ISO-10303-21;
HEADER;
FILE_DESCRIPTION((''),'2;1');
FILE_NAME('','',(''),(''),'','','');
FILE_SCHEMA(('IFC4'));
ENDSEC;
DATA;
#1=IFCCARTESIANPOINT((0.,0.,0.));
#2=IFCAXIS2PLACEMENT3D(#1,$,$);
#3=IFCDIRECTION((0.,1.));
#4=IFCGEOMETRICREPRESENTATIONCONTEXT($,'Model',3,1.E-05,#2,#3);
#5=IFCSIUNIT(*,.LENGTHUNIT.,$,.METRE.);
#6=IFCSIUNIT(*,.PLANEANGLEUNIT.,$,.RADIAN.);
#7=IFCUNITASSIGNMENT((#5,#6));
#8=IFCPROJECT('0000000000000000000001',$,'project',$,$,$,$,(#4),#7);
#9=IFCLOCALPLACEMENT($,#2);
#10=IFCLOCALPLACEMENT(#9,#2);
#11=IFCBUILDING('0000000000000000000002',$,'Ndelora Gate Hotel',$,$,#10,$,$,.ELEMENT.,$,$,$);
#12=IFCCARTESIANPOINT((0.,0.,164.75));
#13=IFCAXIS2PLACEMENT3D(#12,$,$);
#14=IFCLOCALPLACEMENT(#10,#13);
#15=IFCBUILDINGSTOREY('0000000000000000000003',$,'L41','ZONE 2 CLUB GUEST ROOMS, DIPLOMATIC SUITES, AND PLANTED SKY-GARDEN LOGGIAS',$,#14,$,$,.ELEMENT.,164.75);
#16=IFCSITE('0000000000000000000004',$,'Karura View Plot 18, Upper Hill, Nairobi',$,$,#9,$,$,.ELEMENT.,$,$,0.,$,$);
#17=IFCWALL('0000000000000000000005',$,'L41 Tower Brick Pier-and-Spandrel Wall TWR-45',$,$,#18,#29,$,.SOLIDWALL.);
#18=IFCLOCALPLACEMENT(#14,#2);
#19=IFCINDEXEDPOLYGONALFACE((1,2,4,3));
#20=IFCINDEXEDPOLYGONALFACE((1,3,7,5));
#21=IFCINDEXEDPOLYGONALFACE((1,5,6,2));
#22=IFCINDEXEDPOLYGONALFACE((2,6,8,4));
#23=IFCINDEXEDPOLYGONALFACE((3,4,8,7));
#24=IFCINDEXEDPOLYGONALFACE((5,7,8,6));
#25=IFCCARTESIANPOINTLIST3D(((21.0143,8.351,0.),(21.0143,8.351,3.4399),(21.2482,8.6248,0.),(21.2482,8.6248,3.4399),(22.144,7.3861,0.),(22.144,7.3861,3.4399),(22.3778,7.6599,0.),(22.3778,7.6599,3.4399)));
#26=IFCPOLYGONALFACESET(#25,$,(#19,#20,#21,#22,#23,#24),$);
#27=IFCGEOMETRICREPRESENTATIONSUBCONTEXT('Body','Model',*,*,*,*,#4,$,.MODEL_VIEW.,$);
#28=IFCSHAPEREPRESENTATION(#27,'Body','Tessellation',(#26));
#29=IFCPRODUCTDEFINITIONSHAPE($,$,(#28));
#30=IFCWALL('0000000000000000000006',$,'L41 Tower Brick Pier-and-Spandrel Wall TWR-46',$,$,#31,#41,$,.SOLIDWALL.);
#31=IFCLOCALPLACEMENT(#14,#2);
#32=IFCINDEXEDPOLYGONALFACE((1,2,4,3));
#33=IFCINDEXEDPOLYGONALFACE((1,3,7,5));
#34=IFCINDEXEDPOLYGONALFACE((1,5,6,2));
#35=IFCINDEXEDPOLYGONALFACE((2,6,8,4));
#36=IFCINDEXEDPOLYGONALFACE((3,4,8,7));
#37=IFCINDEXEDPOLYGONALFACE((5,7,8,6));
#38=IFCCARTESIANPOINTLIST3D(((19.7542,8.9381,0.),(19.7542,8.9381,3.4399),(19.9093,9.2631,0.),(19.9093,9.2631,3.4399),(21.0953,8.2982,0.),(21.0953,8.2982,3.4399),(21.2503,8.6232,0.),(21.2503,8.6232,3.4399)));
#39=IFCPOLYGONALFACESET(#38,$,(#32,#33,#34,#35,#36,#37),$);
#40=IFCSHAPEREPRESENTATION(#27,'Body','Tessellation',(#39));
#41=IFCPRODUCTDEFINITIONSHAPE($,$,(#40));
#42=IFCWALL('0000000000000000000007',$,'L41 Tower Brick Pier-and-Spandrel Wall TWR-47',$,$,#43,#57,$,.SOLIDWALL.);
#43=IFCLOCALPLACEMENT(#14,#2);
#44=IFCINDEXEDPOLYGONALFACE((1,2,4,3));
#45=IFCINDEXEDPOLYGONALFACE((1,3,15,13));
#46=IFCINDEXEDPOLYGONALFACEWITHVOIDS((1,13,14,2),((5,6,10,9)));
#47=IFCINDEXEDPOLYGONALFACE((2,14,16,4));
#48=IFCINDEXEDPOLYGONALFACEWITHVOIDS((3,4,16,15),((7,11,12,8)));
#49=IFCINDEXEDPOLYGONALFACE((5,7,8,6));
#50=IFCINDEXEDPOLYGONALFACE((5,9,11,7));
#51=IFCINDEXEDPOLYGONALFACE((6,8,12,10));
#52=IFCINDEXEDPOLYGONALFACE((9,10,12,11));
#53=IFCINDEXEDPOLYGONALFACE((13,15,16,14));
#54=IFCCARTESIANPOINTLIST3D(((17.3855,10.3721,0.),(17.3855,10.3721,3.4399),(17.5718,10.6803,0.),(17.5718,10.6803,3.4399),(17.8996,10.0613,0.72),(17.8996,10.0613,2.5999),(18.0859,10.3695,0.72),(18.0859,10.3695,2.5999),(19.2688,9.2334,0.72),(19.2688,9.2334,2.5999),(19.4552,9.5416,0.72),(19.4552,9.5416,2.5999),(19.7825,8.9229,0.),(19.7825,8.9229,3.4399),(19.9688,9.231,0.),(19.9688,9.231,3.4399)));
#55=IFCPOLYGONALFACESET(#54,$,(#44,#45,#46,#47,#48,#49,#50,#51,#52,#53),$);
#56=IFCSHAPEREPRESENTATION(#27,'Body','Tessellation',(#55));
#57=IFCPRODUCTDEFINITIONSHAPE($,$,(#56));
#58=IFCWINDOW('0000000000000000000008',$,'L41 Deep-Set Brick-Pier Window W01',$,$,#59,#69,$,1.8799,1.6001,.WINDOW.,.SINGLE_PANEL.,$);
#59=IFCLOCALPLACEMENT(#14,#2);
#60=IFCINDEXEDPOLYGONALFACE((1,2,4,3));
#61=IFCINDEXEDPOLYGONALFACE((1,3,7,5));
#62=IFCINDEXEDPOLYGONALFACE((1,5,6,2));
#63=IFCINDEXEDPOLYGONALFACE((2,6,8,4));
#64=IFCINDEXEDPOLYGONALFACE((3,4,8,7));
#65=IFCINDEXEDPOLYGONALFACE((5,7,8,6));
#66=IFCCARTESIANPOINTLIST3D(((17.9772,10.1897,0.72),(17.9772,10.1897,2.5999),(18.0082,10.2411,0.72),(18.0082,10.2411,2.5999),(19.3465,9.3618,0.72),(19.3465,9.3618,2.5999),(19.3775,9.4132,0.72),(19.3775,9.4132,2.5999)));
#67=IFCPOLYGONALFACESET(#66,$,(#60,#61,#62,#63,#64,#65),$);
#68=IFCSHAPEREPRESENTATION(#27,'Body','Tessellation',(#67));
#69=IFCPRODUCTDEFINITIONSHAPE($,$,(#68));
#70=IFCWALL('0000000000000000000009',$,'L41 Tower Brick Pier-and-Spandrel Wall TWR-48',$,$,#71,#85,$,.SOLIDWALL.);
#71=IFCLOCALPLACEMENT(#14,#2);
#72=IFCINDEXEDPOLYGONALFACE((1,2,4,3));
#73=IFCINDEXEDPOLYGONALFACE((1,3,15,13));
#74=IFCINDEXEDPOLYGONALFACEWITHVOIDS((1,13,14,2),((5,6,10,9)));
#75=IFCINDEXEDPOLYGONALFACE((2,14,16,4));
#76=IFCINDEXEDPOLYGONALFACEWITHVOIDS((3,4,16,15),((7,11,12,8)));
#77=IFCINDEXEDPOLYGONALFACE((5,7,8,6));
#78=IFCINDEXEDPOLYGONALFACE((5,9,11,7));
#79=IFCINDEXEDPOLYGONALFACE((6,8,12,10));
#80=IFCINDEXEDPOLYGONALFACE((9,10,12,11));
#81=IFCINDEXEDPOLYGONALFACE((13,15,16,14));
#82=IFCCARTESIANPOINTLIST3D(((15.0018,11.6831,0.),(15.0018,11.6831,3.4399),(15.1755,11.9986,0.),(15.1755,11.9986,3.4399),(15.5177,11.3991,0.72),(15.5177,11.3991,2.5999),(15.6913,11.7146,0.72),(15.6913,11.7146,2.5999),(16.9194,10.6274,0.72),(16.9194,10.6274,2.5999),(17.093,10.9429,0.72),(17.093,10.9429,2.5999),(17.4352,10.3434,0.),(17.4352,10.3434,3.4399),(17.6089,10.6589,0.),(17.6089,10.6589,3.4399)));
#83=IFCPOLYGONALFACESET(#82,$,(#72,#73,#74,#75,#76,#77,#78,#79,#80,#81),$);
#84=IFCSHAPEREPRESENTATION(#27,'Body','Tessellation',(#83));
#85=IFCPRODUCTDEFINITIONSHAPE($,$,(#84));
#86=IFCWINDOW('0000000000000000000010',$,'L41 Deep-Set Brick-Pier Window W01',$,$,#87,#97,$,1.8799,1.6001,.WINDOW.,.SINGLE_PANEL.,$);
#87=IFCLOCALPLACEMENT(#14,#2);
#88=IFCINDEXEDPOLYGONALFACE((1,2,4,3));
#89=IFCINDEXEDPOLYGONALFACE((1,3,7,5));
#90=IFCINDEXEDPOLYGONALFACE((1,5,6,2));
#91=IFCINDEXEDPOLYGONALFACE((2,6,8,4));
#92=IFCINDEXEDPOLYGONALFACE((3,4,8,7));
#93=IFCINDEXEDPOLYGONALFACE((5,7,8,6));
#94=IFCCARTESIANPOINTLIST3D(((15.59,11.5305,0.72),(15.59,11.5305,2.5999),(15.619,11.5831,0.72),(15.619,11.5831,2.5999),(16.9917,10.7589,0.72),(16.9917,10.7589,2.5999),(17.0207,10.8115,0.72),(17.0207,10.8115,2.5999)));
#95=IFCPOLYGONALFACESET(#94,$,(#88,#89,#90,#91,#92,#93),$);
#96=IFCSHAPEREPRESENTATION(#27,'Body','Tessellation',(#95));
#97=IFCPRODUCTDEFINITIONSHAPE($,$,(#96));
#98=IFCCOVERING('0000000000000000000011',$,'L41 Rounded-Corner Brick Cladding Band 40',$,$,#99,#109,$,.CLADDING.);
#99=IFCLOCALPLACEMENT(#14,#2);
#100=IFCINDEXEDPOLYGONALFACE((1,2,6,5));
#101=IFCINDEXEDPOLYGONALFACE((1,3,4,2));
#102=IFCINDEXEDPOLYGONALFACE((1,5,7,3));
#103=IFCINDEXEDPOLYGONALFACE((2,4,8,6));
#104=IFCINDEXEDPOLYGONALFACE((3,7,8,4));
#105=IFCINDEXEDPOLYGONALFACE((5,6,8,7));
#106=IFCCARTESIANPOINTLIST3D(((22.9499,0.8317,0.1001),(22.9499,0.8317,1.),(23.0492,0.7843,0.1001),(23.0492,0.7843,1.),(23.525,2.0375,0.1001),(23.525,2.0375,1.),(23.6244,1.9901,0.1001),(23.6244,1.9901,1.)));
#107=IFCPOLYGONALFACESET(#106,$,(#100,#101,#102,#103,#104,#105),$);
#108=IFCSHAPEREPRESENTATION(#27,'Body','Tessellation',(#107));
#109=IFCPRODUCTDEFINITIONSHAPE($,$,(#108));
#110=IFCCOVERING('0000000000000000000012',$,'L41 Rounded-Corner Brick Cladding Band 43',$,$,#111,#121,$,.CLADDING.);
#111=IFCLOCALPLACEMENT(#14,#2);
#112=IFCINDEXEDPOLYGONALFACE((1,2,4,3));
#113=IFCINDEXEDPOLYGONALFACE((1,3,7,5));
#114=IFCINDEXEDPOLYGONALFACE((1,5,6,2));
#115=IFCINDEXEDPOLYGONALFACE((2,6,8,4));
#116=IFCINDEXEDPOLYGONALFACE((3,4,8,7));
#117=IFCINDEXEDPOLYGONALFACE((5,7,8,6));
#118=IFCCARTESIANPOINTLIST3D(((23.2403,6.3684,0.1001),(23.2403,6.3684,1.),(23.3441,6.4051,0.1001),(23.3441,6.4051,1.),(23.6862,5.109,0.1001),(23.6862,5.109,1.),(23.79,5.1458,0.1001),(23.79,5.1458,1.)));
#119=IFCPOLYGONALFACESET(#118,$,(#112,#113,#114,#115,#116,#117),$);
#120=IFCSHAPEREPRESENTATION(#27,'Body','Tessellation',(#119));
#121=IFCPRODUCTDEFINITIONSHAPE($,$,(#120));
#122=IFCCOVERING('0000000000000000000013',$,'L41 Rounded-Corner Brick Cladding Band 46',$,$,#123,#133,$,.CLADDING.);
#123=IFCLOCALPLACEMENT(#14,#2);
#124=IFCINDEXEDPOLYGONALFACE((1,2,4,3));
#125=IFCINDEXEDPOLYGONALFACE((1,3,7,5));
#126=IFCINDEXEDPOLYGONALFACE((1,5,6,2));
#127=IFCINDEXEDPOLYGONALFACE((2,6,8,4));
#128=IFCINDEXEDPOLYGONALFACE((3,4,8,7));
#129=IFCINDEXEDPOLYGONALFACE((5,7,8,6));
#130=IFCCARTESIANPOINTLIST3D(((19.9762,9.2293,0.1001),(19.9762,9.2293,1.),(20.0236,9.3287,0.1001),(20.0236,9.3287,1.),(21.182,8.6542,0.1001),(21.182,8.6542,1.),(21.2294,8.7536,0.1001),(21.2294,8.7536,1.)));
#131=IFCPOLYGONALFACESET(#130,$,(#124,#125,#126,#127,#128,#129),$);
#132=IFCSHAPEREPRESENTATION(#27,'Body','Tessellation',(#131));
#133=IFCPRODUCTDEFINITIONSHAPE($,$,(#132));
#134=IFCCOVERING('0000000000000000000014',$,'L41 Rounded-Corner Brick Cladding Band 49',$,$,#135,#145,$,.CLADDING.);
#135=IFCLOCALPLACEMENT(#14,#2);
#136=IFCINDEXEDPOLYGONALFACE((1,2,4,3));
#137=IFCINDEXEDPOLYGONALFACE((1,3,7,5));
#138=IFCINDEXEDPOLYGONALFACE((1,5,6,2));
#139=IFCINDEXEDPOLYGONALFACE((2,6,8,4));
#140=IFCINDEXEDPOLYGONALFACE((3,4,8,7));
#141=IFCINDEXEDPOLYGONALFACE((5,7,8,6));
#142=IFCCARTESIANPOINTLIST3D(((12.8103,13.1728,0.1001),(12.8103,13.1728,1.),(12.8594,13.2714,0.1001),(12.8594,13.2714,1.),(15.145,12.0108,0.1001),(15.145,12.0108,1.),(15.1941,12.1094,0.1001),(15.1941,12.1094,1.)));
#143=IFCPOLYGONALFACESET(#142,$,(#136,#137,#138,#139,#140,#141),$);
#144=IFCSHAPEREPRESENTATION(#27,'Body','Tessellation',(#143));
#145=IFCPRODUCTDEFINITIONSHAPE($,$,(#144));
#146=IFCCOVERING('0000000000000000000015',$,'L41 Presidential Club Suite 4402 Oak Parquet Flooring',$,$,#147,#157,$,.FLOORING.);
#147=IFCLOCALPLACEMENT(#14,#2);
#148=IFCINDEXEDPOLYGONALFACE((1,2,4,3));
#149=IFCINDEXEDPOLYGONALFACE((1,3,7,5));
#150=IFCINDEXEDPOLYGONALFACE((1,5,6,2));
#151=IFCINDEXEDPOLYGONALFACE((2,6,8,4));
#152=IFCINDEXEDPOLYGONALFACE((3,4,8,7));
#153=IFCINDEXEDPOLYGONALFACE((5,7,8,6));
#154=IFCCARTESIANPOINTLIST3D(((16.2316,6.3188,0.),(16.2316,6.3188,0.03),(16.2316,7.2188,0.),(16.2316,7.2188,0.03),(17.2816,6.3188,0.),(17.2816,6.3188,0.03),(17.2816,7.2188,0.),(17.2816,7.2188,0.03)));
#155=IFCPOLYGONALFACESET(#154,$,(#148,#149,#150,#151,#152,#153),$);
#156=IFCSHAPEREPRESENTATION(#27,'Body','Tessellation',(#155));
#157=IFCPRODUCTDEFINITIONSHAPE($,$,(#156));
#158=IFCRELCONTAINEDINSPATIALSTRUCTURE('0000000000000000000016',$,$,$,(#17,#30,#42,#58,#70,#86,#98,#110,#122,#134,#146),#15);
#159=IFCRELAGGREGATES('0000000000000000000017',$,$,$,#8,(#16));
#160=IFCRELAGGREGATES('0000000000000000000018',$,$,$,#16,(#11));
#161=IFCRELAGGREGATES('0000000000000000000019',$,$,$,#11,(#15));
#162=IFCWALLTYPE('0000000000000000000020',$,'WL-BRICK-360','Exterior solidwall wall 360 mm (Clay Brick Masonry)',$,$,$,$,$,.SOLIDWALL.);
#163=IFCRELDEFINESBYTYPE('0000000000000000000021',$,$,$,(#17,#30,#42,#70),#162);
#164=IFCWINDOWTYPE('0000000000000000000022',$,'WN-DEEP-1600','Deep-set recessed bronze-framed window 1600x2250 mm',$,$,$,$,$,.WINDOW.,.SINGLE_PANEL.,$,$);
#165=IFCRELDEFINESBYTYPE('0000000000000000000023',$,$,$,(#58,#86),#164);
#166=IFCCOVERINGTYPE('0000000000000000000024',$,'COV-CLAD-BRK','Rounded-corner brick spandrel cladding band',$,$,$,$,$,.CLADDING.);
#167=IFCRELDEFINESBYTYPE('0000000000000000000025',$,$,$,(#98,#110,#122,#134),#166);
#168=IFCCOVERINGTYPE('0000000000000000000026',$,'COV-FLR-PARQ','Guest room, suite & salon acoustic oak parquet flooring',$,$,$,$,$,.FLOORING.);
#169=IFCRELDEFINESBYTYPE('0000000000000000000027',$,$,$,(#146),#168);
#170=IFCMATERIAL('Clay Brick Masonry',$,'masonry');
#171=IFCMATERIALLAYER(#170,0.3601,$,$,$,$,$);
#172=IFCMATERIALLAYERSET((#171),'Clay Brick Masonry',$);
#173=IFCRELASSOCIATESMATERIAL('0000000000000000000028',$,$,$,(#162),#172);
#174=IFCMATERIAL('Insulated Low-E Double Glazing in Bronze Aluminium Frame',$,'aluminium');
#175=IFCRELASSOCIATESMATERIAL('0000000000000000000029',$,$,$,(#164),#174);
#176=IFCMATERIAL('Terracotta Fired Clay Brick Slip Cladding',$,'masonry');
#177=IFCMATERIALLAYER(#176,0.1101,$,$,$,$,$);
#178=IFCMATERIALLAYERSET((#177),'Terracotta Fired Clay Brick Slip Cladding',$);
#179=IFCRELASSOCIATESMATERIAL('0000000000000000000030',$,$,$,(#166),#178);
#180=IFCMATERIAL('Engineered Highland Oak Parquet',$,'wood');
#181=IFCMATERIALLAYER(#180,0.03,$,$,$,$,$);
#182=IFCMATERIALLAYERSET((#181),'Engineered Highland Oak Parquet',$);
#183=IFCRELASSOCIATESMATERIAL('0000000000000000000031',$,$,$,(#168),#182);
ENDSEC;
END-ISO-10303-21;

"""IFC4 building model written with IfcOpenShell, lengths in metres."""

from ifc_helpers import new_model, si_unit, direction, frame, frame_2d, origin, origin_2d, place, context, subcontext, project, spatial, rectangle, extrude, material, layer, layer_set, type_object, element, fill, save


model = new_model("IFC4")

# Units and contexts
model_context = context("Model", 3, precision=1e-05, world=origin(), true_north=direction((0.0, 1.0)))
body_context = subcontext(model_context, "Body", "Model", "MODEL_VIEW")
ifc_project = project(units=[si_unit("LENGTHUNIT", "METRE"), si_unit("PLANEANGLEUNIT", "RADIAN")], contexts=[model_context])

# Site, building, storey
site_placement = place(None, origin())
site = spatial("IfcSite", under=ifc_project, at=site_placement, Name="Karura View Plot 18, Upper Hill, Nairobi", CompositionType="ELEMENT", RefElevation=0.0)
building_placement = place(site_placement, origin())
building = spatial("IfcBuilding", under=site, at=building_placement, Name="Ndelora Gate Hotel", CompositionType="ELEMENT")
storey_placement = place(building_placement, frame((0.0, 0.0, 164.75)))
storey = spatial("IfcBuildingStorey", under=building, at=storey_placement, Name="L41", Description="ZONE 2 CLUB GUEST ROOMS, DIPLOMATIC SUITES, AND PLANTED SKY-GARDEN LOGGIAS", CompositionType="ELEMENT", Elevation=164.75)

# Walls
ifc_material_1 = material(Name="Clay Brick Masonry", Category="masonry")
ifc_layer_1 = layer(ifc_material_1, 0.3601)
ifc_layer_set_1 = layer_set([ifc_layer_1], Name="Clay Brick Masonry")
wall_type = type_object("IfcWallType", Name="WL-BRICK-360", Description="Exterior solidwall wall 360 mm (Clay Brick Masonry)", PredefinedType="SOLIDWALL", material=ifc_layer_set_1)
wall_1_placement = place(storey_placement, frame((21.1313, 8.4878, 0.0), z_axis=(0.0, 0.0, 1.0), x_axis=(0.760392, -0.649464, 0.0)))
element("IfcWall", 1, at=wall_1_placement, inside=storey, type_object=wall_type, Name="L41 Tower Brick Pier-and-Spandrel Wall TWR-45", PredefinedType="SOLIDWALL", context=body_context, shape_type="SweptSolid", body=[
    extrude(rectangle(XDim=1.4856, YDim=0.3601, at=frame_2d((0.7427, 0.0))), origin(), (0.0, 0.0, 1.0), 3.4399),
])
wall_2_placement = place(storey_placement, frame((19.8318, 9.1006, 0.0), z_axis=(0.0, 0.0, 1.0), x_axis=(0.902523, -0.430641, 0.0)))
element("IfcWall", 2, at=wall_2_placement, inside=storey, type_object=wall_type, Name="L41 Tower Brick Pier-and-Spandrel Wall TWR-46", PredefinedType="SOLIDWALL", context=body_context, shape_type="SweptSolid", body=[
    extrude(rectangle(XDim=1.4858, YDim=0.3601, at=frame_2d((0.7429, 0.0))), origin(), (0.0, 0.0, 1.0), 3.4399),
])

# Walls, openings, windows
wall_3_placement = place(storey_placement, frame((17.4788, 10.5261, 0.0), z_axis=(0.0, 0.0, 1.0), x_axis=(0.85575, -0.51739, 0.0)))
wall_3 = element("IfcWall", 3, at=wall_3_placement, inside=storey, type_object=wall_type, Name="L41 Tower Brick Pier-and-Spandrel Wall TWR-47", PredefinedType="SOLIDWALL", context=body_context, shape_type="SweptSolid", body=[
    extrude(rectangle(XDim=2.801, YDim=0.3601, at=frame_2d((1.4004, 0.0))), origin(), (0.0, 0.0, 1.0), 3.4399),
])
opening_1_placement = place(wall_3_placement, frame((0.6006, 0.0, 0.72)))
opening_1 = element("IfcOpeningElement", 4, at=opening_1_placement, cuts=wall_3, PredefinedType="OPENING", context=body_context, shape_type="SweptSolid", body=[
    extrude(rectangle(XDim=1.6001, YDim=1.8799, at=frame_2d((0.8, 0.9399))), frame((0.0, 0.1899, 0.0), z_axis=(0.0, -1.0, 0.0), x_axis=(1.0, 0.0, 0.0)), (0.0, 0.0, 1.0), 0.3801),
])
ifc_material_2 = material(Name="Insulated Low-E Double Glazing in Bronze Aluminium Frame", Category="aluminium")
window_type = type_object("IfcWindowType", Name="WN-DEEP-1600", Description="Deep-set recessed bronze-framed window 1600x2250 mm", PartitioningType="SINGLE_PANEL", PredefinedType="WINDOW", material=ifc_material_2)
window_1_placement = place(opening_1_placement, origin())
window_1 = element("IfcWindow", 5, at=window_1_placement, inside=storey, type_object=window_type, Name="L41 Deep-Set Brick-Pier Window W01", OverallHeight=1.8799, OverallWidth=1.6001, PartitioningType="SINGLE_PANEL", PredefinedType="WINDOW", context=body_context, shape_type="SweptSolid", body=[
    extrude(rectangle(XDim=1.6001, YDim=1.8799, at=frame_2d((0.8, 0.9399))), frame((0.0, 0.03, 0.0), z_axis=(0.0, -1.0, 0.0), x_axis=(1.0, 0.0, 0.0)), (0.0, 0.0, 1.0), 0.0601),
])
fill(opening_1, window_1)
wall_4_placement = place(storey_placement, frame((15.0886, 11.8408, 0.0), z_axis=(0.0, 0.0, 1.0), x_axis=(0.876025, -0.482266, 0.0)))
wall_4 = element("IfcWall", 6, at=wall_4_placement, inside=storey, type_object=wall_type, Name="L41 Tower Brick Pier-and-Spandrel Wall TWR-48", PredefinedType="SOLIDWALL", context=body_context, shape_type="SweptSolid", body=[
    extrude(rectangle(XDim=2.7778, YDim=0.3601, at=frame_2d((1.3889, 0.0))), origin(), (0.0, 0.0, 1.0), 3.4399),
])
opening_2_placement = place(wall_4_placement, frame((0.5889, 0.0, 0.72)))
opening_2 = element("IfcOpeningElement", 7, at=opening_2_placement, cuts=wall_4, PredefinedType="OPENING", context=body_context, shape_type="SweptSolid", body=[
    extrude(rectangle(XDim=1.6001, YDim=1.8799, at=frame_2d((0.8, 0.9399))), frame((0.0, 0.1899, 0.0), z_axis=(0.0, -1.0, 0.0), x_axis=(1.0, 0.0, 0.0)), (0.0, 0.0, 1.0), 0.3801),
])
window_2_placement = place(opening_2_placement, origin())
window_2 = element("IfcWindow", 8, at=window_2_placement, inside=storey, type_object=window_type, Name="L41 Deep-Set Brick-Pier Window W01", OverallHeight=1.8799, OverallWidth=1.6001, PartitioningType="SINGLE_PANEL", PredefinedType="WINDOW", context=body_context, shape_type="SweptSolid", body=[
    extrude(rectangle(XDim=1.6001, YDim=1.8799, at=frame_2d((0.8, 0.9399))), frame((0.0, 0.03, 0.0), z_axis=(0.0, -1.0, 0.0), x_axis=(1.0, 0.0, 0.0)), (0.0, 0.0, 1.0), 0.0601),
])
fill(opening_2, window_2)

# Coverings
ifc_material_3 = material(Name="Terracotta Fired Clay Brick Slip Cladding", Category="masonry")
ifc_layer_2 = layer(ifc_material_3, 0.1101)
ifc_layer_set_2 = layer_set([ifc_layer_2], Name="Terracotta Fired Clay Brick Slip Cladding")
covering_type_1 = type_object("IfcCoveringType", Name="COV-CLAD-BRK", Description="Rounded-corner brick spandrel cladding band", PredefinedType="CLADDING", material=ifc_layer_set_2)
for number, where, z_axis, x_axis, name in (
    (9, (23.2871, 1.4109, 0.1001), (0.0, 0.0, 1.0), (0.430511, 0.902585, 0.0), "L41 Rounded-Corner Brick Cladding Band 40"),
    (10, (23.5151, 5.7571, 0.1001), (0.0, 0.0, 1.0), (-0.333807, 0.942641, 0.0), "L41 Rounded-Corner Brick Cladding Band 43"),
    (11, (20.6028, 8.9915, 0.1001), (0.0, 0.0, 1.0), (-0.902585, 0.430511, 0.0), "L41 Rounded-Corner Brick Cladding Band 46"),
):
    element("IfcCovering", number, at=place(storey_placement, frame(where, z_axis=z_axis, x_axis=x_axis)), inside=storey, type_object=covering_type_1, Name=name, PredefinedType="CLADDING", context=body_context, shape_type="SweptSolid", body=[
        extrude(rectangle(XDim=1.3359, YDim=0.1101, at=origin_2d()), origin(), (0.0, 0.0, 1.0), 0.8999),
    ])
covering_1_placement = place(storey_placement, frame((14.0022, 12.6411, 0.1001), z_axis=(0.0, 0.0, 1.0), x_axis=(-0.895246, 0.445573, 0.0)))
element("IfcCovering", 12, at=covering_1_placement, inside=storey, type_object=covering_type_1, Name="L41 Rounded-Corner Brick Cladding Band 49", PredefinedType="CLADDING", context=body_context, shape_type="SweptSolid", body=[
    extrude(rectangle(XDim=2.6079, YDim=0.1101, at=origin_2d()), origin(), (0.0, 0.0, 1.0), 0.8999),
])
ifc_material_4 = material(Name="Engineered Highland Oak Parquet", Category="wood")
ifc_layer_3 = layer(ifc_material_4, 0.03)
ifc_layer_set_3 = layer_set([ifc_layer_3], Name="Engineered Highland Oak Parquet")
covering_type_2 = type_object("IfcCoveringType", Name="COV-FLR-PARQ", Description="Guest room, suite & salon acoustic oak parquet flooring", PredefinedType="FLOORING", material=ifc_layer_set_3)
covering_2_placement = place(storey_placement, frame((16.7566, 6.7688, 0.0), z_axis=(0.0, 0.0, 1.0), x_axis=(1.0, 0.0, 0.0)))
element("IfcCovering", 13, at=covering_2_placement, inside=storey, type_object=covering_type_2, Name="L41 Presidential Club Suite 4402 Oak Parquet Flooring", PredefinedType="FLOORING", context=body_context, shape_type="SweptSolid", body=[
    extrude(rectangle(XDim=1.05, YDim=0.8999, at=origin_2d()), origin(), (0.0, 0.0, 1.0), 0.03),
])

save(model, "model.ifc")
